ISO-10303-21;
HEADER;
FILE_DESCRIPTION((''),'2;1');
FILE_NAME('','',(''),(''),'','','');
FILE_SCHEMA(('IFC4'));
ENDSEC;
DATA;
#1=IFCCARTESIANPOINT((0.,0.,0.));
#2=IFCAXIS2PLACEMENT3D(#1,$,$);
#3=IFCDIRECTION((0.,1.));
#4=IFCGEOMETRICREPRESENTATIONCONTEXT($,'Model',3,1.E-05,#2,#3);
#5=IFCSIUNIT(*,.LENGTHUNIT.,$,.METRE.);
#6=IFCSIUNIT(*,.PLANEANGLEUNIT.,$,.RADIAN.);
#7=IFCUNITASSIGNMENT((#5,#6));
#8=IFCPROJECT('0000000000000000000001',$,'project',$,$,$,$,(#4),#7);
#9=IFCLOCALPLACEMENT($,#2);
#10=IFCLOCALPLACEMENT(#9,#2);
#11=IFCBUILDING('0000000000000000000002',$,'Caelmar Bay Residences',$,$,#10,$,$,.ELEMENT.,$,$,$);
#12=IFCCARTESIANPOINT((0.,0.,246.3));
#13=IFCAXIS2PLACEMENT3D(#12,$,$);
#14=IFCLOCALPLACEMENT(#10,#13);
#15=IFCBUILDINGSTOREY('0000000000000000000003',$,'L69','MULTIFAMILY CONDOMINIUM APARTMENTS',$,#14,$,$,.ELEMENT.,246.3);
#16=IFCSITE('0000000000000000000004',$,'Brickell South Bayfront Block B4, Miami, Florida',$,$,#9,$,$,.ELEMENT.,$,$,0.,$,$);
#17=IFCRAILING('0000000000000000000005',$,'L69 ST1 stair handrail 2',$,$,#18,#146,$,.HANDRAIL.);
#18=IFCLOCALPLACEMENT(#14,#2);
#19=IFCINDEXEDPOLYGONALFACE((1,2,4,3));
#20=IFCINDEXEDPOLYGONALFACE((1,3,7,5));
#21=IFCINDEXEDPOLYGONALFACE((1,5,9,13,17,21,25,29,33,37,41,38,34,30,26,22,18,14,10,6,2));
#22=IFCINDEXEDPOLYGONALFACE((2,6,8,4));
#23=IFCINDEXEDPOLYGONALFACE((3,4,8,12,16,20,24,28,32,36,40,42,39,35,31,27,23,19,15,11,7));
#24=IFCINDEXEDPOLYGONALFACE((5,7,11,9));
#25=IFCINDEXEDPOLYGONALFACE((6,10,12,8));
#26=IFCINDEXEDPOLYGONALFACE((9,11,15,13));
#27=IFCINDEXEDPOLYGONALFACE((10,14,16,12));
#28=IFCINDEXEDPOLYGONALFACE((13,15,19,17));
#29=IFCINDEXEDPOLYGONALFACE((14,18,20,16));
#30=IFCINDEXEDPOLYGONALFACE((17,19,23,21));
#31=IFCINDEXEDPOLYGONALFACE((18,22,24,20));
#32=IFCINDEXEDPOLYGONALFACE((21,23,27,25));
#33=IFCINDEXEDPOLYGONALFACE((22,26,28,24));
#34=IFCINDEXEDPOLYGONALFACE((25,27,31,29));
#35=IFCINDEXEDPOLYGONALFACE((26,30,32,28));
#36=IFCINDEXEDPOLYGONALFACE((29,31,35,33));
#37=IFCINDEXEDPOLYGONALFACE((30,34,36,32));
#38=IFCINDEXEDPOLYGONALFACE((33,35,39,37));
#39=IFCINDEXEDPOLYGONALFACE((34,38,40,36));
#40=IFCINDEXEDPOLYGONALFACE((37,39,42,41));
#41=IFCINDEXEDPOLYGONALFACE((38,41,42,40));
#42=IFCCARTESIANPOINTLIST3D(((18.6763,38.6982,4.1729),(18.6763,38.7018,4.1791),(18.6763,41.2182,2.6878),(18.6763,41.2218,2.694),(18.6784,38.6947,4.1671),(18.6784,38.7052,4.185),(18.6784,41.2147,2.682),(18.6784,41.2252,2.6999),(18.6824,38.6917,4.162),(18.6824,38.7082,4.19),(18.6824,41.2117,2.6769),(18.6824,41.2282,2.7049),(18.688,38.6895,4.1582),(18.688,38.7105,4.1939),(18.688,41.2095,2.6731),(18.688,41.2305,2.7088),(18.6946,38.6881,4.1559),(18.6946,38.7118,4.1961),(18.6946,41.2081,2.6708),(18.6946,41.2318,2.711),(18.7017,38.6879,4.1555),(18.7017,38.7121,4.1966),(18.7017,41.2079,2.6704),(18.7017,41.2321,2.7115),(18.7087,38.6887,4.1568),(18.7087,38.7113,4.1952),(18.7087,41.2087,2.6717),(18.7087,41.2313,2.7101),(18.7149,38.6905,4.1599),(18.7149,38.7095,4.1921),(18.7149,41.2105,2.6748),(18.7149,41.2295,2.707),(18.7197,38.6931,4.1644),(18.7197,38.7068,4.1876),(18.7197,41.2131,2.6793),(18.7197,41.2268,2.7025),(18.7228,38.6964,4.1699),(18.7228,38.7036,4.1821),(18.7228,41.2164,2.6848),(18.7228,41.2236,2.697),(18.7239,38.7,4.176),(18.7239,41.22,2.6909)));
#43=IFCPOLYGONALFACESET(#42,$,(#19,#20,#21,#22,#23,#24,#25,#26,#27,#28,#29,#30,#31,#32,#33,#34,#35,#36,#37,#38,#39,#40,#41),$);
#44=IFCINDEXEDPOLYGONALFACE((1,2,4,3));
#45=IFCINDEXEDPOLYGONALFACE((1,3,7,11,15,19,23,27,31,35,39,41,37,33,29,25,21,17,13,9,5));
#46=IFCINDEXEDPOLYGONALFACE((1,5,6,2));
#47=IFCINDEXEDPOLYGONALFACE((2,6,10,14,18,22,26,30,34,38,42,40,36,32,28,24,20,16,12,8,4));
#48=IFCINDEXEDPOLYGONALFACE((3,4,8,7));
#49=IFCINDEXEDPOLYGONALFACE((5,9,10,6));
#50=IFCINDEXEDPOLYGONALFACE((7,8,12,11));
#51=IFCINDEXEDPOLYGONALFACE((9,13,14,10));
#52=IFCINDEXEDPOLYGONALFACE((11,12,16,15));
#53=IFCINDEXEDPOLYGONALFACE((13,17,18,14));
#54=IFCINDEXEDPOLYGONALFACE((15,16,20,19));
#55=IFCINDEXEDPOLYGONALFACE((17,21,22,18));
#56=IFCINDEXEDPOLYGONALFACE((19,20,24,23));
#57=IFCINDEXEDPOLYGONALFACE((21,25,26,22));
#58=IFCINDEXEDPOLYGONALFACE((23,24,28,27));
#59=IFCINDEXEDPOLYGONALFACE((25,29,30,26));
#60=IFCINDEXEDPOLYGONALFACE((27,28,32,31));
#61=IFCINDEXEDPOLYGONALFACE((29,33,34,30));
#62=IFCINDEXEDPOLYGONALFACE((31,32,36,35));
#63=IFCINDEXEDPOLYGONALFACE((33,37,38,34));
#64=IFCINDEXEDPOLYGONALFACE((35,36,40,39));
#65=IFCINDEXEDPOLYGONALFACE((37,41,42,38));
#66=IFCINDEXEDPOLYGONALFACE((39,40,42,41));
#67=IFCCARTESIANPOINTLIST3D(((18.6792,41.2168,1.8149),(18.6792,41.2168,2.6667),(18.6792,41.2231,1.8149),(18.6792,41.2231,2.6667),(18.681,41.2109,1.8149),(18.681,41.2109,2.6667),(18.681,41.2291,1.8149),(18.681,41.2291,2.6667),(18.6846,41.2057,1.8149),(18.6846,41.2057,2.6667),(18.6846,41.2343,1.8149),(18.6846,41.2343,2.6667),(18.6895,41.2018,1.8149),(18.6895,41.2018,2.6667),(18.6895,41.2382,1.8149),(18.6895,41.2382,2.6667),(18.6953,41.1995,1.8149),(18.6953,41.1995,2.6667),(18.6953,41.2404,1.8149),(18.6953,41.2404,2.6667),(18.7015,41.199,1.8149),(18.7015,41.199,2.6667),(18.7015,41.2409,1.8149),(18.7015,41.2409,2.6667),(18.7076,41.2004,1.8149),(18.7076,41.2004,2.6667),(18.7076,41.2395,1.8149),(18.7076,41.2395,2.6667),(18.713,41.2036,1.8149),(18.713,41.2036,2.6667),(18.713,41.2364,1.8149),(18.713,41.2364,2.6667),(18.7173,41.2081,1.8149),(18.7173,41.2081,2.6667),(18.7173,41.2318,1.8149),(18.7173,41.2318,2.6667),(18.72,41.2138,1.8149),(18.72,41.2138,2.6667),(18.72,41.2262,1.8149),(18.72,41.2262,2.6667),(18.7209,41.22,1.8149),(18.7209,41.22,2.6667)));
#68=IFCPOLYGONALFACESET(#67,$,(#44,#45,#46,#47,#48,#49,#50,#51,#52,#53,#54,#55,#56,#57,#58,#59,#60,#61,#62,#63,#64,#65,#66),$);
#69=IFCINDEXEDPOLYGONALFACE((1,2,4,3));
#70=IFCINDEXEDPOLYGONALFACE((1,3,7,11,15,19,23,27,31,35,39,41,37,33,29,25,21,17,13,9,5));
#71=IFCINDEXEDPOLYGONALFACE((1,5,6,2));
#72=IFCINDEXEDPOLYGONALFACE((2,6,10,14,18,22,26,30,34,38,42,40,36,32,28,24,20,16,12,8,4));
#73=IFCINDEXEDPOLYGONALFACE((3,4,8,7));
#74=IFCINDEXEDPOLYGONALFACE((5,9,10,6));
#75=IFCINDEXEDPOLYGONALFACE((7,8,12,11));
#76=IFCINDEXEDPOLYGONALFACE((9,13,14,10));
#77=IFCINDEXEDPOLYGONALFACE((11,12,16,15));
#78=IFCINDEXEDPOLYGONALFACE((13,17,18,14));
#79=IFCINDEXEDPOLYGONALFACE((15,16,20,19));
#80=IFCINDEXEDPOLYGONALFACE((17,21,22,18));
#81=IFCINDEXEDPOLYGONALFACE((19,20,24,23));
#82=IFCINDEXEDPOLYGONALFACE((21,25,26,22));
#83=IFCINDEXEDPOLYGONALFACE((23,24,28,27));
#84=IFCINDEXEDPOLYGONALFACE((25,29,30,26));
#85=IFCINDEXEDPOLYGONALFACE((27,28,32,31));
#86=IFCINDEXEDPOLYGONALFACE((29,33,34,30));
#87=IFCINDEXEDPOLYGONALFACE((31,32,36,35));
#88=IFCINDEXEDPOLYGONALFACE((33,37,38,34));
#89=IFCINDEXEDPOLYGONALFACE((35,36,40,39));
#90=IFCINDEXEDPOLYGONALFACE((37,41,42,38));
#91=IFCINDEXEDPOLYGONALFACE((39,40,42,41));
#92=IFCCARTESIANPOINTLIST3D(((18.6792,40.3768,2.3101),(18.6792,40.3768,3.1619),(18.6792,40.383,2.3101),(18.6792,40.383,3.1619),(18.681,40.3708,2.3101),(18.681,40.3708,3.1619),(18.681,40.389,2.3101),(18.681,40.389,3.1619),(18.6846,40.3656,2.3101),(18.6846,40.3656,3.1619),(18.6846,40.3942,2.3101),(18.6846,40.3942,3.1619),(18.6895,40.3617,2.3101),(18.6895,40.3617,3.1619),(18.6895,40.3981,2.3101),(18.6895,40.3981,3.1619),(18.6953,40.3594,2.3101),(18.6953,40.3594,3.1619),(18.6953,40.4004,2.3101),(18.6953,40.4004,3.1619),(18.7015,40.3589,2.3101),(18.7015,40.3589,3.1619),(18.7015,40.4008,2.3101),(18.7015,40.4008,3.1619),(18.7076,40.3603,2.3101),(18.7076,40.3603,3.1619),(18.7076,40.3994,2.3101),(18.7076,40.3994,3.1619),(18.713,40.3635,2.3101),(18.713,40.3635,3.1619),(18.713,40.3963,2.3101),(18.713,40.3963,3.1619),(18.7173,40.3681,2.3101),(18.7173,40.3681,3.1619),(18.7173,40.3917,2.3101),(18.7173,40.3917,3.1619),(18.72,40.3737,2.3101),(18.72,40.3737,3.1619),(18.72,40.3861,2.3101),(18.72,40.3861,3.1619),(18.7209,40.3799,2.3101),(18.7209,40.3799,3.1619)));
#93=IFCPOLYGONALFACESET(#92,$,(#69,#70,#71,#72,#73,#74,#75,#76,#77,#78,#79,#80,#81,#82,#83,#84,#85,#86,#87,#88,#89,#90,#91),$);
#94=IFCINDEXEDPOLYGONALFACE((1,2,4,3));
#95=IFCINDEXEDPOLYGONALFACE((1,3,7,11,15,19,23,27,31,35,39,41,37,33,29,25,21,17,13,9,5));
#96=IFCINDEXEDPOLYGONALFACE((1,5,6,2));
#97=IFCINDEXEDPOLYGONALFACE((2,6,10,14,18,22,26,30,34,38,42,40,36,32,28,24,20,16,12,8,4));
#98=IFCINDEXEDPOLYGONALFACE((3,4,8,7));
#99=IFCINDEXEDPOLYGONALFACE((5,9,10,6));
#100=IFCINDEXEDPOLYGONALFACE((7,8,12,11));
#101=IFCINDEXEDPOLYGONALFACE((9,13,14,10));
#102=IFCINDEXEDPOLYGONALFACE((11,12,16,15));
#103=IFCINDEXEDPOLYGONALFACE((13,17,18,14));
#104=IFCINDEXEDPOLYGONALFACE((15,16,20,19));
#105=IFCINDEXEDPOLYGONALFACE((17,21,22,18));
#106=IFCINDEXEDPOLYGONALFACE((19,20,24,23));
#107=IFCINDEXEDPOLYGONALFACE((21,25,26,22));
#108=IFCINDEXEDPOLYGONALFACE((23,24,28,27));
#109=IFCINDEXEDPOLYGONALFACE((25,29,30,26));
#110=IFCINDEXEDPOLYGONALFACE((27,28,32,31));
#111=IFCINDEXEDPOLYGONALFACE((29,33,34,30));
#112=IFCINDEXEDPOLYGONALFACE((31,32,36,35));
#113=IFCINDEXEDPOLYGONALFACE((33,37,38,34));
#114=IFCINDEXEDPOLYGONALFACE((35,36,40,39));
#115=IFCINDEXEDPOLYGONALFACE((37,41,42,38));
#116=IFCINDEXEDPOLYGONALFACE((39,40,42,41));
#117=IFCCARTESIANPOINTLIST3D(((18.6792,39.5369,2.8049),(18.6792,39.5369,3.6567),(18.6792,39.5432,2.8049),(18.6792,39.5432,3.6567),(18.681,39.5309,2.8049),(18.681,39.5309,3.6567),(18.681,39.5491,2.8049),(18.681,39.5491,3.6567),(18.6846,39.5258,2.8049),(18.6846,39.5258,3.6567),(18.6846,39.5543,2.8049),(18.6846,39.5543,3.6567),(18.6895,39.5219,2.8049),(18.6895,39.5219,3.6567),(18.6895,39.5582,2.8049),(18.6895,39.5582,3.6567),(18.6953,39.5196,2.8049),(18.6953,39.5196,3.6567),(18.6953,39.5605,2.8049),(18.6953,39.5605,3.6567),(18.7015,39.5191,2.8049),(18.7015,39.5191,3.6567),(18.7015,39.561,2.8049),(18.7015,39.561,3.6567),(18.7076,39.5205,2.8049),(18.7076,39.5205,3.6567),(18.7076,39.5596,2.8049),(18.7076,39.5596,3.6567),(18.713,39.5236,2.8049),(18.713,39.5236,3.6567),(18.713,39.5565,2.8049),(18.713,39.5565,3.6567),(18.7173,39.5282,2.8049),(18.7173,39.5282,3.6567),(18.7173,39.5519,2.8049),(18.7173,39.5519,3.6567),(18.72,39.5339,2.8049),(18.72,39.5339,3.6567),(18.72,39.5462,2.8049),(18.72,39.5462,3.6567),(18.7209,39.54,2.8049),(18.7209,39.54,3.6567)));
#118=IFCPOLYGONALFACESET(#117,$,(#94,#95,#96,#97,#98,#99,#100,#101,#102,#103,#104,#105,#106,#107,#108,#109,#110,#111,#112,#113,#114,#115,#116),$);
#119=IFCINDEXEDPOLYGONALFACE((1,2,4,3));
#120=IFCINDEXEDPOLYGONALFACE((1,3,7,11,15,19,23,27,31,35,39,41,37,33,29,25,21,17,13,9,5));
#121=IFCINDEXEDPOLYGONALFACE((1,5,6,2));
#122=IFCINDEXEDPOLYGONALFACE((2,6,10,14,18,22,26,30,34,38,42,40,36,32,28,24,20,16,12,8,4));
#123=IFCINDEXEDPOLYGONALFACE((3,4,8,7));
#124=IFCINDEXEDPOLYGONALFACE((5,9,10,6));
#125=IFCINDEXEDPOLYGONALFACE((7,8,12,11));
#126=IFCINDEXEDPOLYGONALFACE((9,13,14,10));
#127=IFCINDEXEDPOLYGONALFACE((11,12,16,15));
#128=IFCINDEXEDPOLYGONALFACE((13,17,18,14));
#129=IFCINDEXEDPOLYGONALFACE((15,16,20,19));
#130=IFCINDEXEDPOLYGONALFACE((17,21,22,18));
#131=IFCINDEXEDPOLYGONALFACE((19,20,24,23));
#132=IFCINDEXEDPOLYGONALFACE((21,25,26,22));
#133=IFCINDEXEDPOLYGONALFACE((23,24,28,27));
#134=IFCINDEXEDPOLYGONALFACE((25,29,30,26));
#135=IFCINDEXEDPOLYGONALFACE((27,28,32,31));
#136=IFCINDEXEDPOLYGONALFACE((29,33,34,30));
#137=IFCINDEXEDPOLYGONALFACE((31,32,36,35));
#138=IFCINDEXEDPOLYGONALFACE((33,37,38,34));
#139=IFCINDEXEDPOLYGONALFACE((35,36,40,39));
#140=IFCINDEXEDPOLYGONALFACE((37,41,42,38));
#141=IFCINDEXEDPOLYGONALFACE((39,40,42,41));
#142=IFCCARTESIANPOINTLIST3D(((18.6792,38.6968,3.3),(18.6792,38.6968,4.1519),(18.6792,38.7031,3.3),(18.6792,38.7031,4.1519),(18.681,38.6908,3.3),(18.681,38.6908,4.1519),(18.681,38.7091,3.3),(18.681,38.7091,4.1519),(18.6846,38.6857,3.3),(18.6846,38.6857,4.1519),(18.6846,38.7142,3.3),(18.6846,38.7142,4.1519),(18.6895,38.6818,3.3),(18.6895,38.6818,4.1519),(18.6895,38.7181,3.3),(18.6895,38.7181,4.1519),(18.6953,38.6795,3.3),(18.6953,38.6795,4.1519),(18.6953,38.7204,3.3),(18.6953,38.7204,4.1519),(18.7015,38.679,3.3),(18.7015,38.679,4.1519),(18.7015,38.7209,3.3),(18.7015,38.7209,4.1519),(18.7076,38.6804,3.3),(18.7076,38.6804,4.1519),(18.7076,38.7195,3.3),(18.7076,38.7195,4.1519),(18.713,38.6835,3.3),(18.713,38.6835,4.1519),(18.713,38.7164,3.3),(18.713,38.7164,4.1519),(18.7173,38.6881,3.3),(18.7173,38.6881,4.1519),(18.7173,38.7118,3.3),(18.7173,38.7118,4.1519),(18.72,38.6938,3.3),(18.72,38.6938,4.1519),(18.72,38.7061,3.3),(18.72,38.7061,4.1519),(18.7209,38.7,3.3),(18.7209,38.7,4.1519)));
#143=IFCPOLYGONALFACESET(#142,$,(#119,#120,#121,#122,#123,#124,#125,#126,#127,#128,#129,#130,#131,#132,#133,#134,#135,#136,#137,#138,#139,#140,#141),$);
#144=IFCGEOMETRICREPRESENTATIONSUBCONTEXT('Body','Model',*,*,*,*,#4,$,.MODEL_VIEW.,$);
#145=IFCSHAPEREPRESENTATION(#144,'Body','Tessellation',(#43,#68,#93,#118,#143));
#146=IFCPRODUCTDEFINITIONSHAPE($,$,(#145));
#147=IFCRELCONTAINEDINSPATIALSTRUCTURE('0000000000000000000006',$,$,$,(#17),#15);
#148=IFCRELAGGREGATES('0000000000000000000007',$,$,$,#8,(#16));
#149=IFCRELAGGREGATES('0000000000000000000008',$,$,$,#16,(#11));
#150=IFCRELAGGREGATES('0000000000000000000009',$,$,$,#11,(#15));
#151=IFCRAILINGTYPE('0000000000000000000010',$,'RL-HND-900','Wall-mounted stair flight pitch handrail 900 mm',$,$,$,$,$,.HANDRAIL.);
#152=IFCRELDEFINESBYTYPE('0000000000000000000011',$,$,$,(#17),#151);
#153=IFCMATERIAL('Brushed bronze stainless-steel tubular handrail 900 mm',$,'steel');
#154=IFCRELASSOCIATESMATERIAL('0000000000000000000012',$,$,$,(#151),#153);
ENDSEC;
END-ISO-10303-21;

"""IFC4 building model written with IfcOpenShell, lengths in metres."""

from ifc_helpers import new_model, si_unit, direction, frame, origin, origin_2d, place, context, subcontext, project, spatial, circle, extrude, material, type_object, element, save


model = new_model("IFC4")

# Units and contexts
model_context = context("Model", 3, precision=1e-05, world=origin(), true_north=direction((0.0, 1.0)))
body_context = subcontext(model_context, "Body", "Model", "MODEL_VIEW")
ifc_project = project(units=[si_unit("LENGTHUNIT", "METRE"), si_unit("PLANEANGLEUNIT", "RADIAN")], contexts=[model_context])

# Site, building, storey
site_placement = place(None, origin())
site = spatial("IfcSite", under=ifc_project, at=site_placement, Name="Brickell South Bayfront Block B4, Miami, Florida", CompositionType="ELEMENT", RefElevation=0.0)
building_placement = place(site_placement, origin())
building = spatial("IfcBuilding", under=site, at=building_placement, Name="Caelmar Bay Residences", CompositionType="ELEMENT")
storey_placement = place(building_placement, frame((0.0, 0.0, 246.3)))
storey = spatial("IfcBuildingStorey", under=building, at=storey_placement, Name="L69", Description="MULTIFAMILY CONDOMINIUM APARTMENTS", CompositionType="ELEMENT", Elevation=246.3)

# Railing
ifc_material_1 = material(Name="Brushed bronze stainless-steel tubular handrail 900 mm", Category="steel")
railing_type_1 = type_object("IfcRailingType", Name="RL-HND-900", Description="Wall-mounted stair flight pitch handrail 900 mm", PredefinedType="HANDRAIL", material=ifc_material_1)
railing_1_placement = place(storey_placement, frame((18.7, 41.22, 1.8149)))
element("IfcRailing", 1, at=railing_1_placement, inside=storey, type_object=railing_type_1, Name="L69 ST1 stair handrail 2", PredefinedType="HANDRAIL", context=body_context, shape_type="SweptSolid", body=[
    extrude(circle(Radius=0.0239, at=origin_2d()), frame((0.0, 0.0, 0.876), z_axis=(0.0, -0.861524, 0.507717), x_axis=(1.0, 0.0, 0.0)), (0.0, 0.0, 1.0), 2.925),
    extrude(circle(Radius=0.021, at=origin_2d()), origin(), (0.0, 0.0, 1.0), 0.8518),
    extrude(circle(Radius=0.021, at=origin_2d()), frame((0.0, -0.8401, 0.4951)), (0.0, 0.0, 1.0), 0.8518),
    extrude(circle(Radius=0.021, at=origin_2d()), frame((0.0, -1.6799, 0.99)), (0.0, 0.0, 1.0), 0.8518),
    extrude(circle(Radius=0.021, at=origin_2d()), frame((0.0, -2.52, 1.4851)), (0.0, 0.0, 1.0), 0.8518),
])

save(model, "model.ifc")
